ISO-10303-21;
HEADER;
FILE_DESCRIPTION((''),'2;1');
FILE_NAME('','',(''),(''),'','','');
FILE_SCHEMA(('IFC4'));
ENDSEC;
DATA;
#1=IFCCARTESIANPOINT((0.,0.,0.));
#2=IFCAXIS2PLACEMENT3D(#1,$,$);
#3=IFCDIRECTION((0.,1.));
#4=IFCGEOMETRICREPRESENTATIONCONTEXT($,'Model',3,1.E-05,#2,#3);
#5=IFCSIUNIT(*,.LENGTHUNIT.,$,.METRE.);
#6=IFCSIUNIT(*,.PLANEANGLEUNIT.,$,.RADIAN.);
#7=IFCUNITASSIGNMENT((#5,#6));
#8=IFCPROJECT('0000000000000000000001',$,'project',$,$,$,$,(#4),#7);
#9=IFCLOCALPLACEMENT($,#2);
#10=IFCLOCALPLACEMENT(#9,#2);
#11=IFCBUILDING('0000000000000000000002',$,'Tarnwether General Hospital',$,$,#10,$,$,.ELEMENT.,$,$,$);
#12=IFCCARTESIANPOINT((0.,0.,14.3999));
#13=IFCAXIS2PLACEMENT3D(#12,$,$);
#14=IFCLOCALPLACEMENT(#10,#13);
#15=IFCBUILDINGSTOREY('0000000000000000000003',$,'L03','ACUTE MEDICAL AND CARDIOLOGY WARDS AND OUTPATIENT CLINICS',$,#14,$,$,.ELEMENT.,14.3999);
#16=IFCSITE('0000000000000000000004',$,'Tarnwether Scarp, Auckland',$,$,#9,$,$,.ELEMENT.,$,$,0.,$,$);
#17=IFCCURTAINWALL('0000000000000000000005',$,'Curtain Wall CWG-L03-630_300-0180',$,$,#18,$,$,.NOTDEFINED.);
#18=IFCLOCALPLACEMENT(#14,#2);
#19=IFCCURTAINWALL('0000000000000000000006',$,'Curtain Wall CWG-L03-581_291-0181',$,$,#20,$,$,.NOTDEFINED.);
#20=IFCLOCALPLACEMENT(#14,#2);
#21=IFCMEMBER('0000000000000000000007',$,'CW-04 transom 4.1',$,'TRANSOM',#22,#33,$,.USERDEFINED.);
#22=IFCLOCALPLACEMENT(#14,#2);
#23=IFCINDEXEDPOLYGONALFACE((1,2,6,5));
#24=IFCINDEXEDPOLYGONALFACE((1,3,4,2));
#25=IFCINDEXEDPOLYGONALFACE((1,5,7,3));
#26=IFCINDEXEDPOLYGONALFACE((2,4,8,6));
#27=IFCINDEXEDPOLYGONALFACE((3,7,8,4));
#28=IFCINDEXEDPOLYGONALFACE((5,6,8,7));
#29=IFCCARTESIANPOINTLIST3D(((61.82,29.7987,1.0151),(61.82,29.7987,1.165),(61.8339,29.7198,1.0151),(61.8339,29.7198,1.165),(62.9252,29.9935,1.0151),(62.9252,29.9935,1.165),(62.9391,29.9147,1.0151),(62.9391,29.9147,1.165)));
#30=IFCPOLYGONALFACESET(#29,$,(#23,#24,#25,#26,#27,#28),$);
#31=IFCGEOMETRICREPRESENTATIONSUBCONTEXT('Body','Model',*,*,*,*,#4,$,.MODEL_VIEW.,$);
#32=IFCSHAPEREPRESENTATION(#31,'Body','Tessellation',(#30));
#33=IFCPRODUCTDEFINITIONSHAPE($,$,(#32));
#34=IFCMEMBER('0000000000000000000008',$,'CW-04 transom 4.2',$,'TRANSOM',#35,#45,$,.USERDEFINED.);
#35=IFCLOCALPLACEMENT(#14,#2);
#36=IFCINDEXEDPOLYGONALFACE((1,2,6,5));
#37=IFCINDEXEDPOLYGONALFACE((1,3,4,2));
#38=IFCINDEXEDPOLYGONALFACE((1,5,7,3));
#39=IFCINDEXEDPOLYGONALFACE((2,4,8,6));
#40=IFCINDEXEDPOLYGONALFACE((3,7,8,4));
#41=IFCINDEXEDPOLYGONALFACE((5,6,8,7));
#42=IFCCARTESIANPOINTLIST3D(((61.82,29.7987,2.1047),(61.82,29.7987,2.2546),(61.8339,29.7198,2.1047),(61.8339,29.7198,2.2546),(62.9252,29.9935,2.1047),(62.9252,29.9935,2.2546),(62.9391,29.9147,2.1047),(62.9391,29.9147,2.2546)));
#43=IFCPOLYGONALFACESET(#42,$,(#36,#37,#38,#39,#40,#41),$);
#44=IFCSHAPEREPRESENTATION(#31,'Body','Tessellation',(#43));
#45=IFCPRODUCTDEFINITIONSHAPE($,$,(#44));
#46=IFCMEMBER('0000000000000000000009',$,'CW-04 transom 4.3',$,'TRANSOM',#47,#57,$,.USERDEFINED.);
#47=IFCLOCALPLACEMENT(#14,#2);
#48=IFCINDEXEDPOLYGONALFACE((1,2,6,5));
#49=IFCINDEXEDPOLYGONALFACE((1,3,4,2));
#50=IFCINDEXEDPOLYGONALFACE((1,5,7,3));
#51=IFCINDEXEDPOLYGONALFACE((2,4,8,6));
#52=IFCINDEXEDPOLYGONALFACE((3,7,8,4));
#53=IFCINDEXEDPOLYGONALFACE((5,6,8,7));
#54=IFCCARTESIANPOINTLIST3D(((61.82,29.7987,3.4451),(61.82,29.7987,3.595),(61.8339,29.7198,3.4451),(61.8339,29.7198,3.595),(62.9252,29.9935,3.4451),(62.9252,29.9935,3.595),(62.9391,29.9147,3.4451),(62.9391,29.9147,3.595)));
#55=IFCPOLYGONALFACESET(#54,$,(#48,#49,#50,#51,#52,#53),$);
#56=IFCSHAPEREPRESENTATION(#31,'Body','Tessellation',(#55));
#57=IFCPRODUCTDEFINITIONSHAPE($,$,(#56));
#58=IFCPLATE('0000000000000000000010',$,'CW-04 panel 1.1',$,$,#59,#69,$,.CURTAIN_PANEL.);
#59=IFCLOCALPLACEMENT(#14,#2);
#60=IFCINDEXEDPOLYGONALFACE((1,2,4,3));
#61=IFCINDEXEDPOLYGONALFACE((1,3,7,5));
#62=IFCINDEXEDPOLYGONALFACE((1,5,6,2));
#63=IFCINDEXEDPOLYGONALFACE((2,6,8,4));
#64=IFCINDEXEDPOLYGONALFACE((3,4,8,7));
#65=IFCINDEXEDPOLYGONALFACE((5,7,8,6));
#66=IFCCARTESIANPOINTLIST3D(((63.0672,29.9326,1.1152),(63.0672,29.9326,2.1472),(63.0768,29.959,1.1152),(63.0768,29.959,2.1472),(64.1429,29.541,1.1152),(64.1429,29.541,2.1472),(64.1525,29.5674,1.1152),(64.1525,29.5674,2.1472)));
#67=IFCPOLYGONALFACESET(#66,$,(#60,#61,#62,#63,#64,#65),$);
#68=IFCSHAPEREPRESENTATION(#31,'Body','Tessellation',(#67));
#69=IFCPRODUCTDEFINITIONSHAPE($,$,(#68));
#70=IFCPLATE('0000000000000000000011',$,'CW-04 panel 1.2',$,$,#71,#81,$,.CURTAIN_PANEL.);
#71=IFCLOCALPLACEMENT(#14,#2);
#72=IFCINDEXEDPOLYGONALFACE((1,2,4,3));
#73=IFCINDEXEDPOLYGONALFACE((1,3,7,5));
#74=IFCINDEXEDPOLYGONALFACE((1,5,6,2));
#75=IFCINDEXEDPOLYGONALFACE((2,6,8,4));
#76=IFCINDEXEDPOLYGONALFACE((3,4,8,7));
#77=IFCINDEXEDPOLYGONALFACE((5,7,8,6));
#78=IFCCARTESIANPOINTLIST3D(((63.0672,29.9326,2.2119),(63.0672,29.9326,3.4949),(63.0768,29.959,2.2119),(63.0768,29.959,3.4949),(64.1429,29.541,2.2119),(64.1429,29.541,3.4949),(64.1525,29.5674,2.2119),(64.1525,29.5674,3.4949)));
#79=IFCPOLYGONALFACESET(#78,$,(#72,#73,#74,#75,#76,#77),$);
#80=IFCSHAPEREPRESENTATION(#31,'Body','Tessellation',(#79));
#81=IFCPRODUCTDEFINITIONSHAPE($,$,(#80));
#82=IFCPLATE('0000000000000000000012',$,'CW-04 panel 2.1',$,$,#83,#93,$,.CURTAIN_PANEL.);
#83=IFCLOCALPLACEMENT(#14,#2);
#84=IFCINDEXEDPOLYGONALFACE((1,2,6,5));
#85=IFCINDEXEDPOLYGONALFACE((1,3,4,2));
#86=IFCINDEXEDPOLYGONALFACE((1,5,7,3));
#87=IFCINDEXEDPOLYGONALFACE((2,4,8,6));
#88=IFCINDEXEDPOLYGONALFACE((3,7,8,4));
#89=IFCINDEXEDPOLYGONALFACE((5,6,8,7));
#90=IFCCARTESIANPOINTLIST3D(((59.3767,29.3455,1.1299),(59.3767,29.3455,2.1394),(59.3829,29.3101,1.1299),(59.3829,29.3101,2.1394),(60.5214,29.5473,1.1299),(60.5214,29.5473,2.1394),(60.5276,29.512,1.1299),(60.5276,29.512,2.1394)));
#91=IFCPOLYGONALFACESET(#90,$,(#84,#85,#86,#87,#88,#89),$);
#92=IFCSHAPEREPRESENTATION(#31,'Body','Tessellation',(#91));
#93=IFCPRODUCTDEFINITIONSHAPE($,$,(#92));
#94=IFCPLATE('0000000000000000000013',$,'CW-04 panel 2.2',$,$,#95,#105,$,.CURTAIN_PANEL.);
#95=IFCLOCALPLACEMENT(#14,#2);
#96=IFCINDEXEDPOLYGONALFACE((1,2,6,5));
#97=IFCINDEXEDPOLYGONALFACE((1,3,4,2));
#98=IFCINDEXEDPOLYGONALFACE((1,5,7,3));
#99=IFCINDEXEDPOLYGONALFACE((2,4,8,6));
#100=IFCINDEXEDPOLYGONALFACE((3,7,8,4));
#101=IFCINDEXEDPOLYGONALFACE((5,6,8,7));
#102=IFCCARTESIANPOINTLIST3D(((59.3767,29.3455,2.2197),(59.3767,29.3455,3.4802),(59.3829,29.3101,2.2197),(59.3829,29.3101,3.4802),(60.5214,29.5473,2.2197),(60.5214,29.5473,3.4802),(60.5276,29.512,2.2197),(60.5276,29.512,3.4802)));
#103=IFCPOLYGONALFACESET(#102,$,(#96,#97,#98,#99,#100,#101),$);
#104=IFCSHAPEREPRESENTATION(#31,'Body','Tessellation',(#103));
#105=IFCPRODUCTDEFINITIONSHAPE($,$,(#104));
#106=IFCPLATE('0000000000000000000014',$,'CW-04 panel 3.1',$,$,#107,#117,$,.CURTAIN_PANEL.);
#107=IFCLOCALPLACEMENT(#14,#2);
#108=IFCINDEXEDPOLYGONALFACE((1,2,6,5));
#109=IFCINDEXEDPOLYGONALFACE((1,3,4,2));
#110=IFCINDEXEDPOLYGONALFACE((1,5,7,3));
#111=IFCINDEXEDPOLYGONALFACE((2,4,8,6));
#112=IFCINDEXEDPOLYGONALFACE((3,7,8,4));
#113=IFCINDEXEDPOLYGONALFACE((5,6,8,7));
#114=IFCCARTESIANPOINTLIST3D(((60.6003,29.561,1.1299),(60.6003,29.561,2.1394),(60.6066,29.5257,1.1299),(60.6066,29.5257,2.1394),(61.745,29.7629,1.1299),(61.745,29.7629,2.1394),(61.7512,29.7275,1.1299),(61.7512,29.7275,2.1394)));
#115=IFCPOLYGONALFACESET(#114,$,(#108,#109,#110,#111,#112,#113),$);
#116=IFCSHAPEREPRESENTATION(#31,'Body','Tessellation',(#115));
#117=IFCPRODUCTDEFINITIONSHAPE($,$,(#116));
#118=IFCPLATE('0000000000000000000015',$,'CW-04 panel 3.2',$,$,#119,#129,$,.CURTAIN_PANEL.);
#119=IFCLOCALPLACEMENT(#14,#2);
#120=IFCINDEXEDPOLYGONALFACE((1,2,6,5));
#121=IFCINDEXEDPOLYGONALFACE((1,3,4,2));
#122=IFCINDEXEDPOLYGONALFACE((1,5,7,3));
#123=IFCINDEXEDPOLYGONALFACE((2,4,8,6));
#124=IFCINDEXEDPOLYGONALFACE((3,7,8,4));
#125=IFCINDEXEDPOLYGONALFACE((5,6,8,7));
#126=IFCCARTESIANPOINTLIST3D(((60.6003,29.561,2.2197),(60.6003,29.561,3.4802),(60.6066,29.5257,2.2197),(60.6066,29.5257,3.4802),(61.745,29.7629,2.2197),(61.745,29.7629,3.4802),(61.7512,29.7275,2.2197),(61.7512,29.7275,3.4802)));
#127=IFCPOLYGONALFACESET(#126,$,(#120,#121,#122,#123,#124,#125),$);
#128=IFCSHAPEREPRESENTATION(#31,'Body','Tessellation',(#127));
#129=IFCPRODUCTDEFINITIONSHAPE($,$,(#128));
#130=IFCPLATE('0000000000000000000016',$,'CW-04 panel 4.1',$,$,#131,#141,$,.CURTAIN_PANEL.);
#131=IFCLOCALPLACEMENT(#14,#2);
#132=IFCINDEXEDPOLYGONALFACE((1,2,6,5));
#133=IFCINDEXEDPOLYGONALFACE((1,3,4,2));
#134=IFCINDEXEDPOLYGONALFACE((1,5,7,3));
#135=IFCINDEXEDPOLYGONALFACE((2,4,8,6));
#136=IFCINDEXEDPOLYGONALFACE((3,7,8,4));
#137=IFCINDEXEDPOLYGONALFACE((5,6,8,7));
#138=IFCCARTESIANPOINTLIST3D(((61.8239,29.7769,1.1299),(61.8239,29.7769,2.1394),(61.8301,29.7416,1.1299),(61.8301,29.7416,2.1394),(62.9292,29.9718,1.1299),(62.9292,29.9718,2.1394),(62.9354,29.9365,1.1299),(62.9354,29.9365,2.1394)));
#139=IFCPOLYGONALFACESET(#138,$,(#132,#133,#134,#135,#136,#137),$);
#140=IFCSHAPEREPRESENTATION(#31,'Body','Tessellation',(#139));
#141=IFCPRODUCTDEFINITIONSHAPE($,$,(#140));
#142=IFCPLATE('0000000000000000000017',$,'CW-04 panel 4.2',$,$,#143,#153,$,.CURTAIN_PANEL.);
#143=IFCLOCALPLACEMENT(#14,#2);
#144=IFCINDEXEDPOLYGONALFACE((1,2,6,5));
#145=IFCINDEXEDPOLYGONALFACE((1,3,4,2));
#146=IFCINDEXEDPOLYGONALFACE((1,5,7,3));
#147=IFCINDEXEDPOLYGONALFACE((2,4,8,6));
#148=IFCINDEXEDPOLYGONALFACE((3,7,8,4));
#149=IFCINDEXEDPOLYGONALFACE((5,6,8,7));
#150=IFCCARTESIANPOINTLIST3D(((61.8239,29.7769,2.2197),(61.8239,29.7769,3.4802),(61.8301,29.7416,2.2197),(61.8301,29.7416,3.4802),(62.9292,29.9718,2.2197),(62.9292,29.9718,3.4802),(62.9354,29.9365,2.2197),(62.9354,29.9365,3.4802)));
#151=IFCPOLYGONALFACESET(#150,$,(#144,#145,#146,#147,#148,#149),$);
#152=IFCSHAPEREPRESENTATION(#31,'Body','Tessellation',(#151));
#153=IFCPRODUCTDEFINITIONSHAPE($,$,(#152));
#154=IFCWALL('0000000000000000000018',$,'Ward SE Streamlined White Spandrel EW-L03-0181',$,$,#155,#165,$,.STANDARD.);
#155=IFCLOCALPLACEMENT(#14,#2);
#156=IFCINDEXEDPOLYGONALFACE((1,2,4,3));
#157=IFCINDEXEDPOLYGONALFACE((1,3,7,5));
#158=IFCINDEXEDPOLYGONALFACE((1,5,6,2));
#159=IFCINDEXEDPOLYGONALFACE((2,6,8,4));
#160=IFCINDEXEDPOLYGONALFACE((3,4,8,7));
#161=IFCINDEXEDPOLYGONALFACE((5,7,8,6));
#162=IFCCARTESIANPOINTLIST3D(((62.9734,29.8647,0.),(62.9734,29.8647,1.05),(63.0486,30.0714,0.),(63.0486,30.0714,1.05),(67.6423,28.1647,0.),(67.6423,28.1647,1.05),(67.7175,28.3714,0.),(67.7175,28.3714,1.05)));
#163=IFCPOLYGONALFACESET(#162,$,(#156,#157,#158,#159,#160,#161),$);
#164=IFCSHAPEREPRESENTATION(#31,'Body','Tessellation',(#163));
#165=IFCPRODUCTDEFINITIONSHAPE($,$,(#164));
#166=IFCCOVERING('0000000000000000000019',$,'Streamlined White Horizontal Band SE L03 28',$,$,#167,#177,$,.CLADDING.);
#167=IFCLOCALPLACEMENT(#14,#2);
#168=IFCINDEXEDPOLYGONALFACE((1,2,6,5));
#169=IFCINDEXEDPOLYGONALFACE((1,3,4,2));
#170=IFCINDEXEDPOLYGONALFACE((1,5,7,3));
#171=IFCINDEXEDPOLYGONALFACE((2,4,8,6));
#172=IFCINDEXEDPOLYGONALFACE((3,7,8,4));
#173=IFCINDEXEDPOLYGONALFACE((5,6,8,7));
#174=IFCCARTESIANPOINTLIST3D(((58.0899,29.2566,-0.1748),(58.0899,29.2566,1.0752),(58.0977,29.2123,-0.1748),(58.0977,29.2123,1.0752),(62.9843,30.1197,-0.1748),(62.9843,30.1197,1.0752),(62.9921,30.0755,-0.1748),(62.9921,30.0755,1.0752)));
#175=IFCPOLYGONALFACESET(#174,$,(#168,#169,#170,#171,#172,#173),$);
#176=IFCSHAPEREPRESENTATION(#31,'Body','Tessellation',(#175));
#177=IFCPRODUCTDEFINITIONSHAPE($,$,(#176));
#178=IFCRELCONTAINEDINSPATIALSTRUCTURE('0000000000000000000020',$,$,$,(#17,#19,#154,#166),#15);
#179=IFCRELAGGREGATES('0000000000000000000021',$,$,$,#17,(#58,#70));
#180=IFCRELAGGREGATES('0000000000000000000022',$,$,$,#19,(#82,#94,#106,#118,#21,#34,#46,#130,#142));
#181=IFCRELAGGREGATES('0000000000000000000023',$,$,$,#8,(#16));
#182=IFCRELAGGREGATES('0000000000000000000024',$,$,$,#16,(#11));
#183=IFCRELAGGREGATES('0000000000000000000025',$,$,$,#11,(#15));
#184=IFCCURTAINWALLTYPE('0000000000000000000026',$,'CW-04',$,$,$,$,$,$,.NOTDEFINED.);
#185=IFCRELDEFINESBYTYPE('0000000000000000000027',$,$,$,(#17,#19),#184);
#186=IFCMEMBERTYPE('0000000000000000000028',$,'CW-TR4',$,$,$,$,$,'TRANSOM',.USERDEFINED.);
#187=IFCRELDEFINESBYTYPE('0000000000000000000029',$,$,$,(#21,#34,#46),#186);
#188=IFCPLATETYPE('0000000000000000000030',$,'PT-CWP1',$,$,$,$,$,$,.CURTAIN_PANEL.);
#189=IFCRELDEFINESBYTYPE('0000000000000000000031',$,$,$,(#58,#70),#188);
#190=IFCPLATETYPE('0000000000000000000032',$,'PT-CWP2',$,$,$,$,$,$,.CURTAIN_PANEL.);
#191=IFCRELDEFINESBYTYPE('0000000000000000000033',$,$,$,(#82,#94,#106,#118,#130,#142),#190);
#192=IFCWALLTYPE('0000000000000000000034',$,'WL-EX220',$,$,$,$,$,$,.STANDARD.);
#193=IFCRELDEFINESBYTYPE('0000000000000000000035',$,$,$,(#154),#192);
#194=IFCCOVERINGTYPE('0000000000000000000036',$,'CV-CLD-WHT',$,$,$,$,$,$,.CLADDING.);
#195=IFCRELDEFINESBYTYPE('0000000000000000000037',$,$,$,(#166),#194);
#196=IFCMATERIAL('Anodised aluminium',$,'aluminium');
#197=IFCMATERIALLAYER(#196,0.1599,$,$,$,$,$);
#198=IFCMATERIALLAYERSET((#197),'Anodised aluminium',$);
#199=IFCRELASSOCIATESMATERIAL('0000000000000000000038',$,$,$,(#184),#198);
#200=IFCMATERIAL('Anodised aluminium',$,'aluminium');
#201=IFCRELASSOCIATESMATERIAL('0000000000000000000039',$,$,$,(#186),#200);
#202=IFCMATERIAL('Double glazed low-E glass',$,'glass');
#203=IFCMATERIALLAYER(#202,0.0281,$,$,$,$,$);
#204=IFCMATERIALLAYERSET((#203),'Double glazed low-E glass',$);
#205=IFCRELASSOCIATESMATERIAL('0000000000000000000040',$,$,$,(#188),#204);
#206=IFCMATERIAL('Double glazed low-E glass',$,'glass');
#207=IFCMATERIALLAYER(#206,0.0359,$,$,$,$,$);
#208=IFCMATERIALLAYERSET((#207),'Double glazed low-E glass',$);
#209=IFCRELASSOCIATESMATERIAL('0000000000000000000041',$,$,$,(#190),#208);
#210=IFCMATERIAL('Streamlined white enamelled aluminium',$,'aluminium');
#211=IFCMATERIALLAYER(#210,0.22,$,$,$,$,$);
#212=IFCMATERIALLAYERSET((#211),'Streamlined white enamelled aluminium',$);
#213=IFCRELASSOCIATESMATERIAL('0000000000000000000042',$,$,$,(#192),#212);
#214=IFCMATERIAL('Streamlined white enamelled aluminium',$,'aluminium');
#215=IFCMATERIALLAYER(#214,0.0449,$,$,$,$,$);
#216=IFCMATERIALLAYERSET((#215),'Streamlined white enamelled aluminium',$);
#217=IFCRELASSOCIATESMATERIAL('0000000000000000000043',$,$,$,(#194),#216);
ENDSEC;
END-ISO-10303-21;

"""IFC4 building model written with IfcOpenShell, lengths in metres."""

from ifc_helpers import new_model, si_unit, direction, frame, frame_2d, origin, origin_2d, place, context, subcontext, project, spatial, rectangle, extrude, material, layer, layer_set, material_profile, profile_set, type_object, element, aggregate, save


model = new_model("IFC4")

# Units and contexts
model_context = context("Model", 3, precision=1e-05, world=origin(), true_north=direction((0.0, 1.0)))
body_context = subcontext(model_context, "Body", "Model", "MODEL_VIEW")
ifc_project = project(units=[si_unit("LENGTHUNIT", "METRE"), si_unit("PLANEANGLEUNIT", "RADIAN")], contexts=[model_context])

# Site, building, storey
site_placement = place(None, origin())
site = spatial("IfcSite", under=ifc_project, at=site_placement, Name="Tarnwether Scarp, Auckland", CompositionType="ELEMENT", RefElevation=0.0)
building_placement = place(site_placement, origin())
building = spatial("IfcBuilding", under=site, at=building_placement, Name="Tarnwether General Hospital", CompositionType="ELEMENT")
storey_placement = place(building_placement, frame((0.0, 0.0, 14.3999)))
storey = spatial("IfcBuildingStorey", under=building, at=storey_placement, Name="L03", Description="ACUTE MEDICAL AND CARDIOLOGY WARDS AND OUTPATIENT CLINICS", CompositionType="ELEMENT", Elevation=14.3999)

# Curtain walls
ifc_material_1 = material(Name="Anodised aluminium", Category="aluminium")
ifc_layer_1 = layer(ifc_material_1, 0.1599)
ifc_layer_set_1 = layer_set([ifc_layer_1], Name="Anodised aluminium")
curtain_wall_type = type_object("IfcCurtainWallType", Name="CW-04", PredefinedType="NOTDEFINED", material=ifc_layer_set_1)
curtain_wall_1_placement = place(storey_placement, origin())
curtain_wall_1 = element("IfcCurtainWall", 1, at=curtain_wall_1_placement, inside=storey, type_object=curtain_wall_type, Name="Curtain Wall CWG-L03-630_300-0180", PredefinedType="NOTDEFINED")
curtain_wall_2_placement = place(storey_placement, origin())
curtain_wall_2 = element("IfcCurtainWall", 2, at=curtain_wall_2_placement, inside=storey, type_object=curtain_wall_type, Name="Curtain Wall CWG-L03-581_291-0181", PredefinedType="NOTDEFINED")

# Members
ifc_material_2 = material(Name="Anodised aluminium", Category="aluminium")
ifc_material_profile_1 = material_profile(ifc_material_2, rectangle(XDim=0.0801, YDim=0.1499, at=origin_2d()), Name="ALU-TRN-80x150")
ifc_profile_set_1 = profile_set([ifc_material_profile_1], Name="Anodised aluminium")
member_type_1 = type_object("IfcMemberType", Name="CW-TR4", ElementType="TRANSOM", PredefinedType="USERDEFINED", material=ifc_profile_set_1)
member_1_placement = place(storey_placement, frame((61.8269, 29.7593, 1.0901), z_axis=(0.984816, 0.173599, 0.0), x_axis=(-0.173599, 0.984816, 0.0)))
member_1 = element("IfcMember", 3, at=member_1_placement, type_object=member_type_1, Name="CW-04 transom 4.1", ObjectType="TRANSOM", PredefinedType="USERDEFINED", context=body_context, shape_type="SweptSolid", body=[
    extrude(rectangle(XDim=0.0801, YDim=0.1499, at=origin_2d()), origin(), (0.0, 0.0, 1.0), 1.1223),
])
member_2_placement = place(storey_placement, frame((61.8269, 29.7593, 2.1797), z_axis=(0.984816, 0.173599, 0.0), x_axis=(-0.173599, 0.984816, 0.0)))
member_2 = element("IfcMember", 4, at=member_2_placement, type_object=member_type_1, Name="CW-04 transom 4.2", ObjectType="TRANSOM", PredefinedType="USERDEFINED", context=body_context, shape_type="SweptSolid", body=[
    extrude(rectangle(XDim=0.0801, YDim=0.1499, at=origin_2d()), origin(), (0.0, 0.0, 1.0), 1.1223),
])
member_3_placement = place(storey_placement, frame((61.8269, 29.7593, 3.52), z_axis=(0.984816, 0.173599, 0.0), x_axis=(-0.173599, 0.984816, 0.0)))
member_3 = element("IfcMember", 5, at=member_3_placement, type_object=member_type_1, Name="CW-04 transom 4.3", ObjectType="TRANSOM", PredefinedType="USERDEFINED", context=body_context, shape_type="SweptSolid", body=[
    extrude(rectangle(XDim=0.0801, YDim=0.1499, at=origin_2d()), origin(), (0.0, 0.0, 1.0), 1.1223),
])

# Plates
ifc_material_3 = material(Name="Double glazed low-E glass", Category="glass")
ifc_layer_2 = layer(ifc_material_3, 0.0281)
ifc_layer_set_2 = layer_set([ifc_layer_2], Name="Double glazed low-E glass")
plate_type_1 = type_object("IfcPlateType", Name="PT-CWP1", PredefinedType="CURTAIN_PANEL", material=ifc_layer_set_2)
plate_1_placement = place(storey_placement, frame((63.6099, 29.75, 1.1152), z_axis=(0.0, 0.0, 1.0), x_axis=(0.939652, -0.342131, 0.0)))
plate_1 = element("IfcPlate", 6, at=plate_1_placement, type_object=plate_type_1, Name="CW-04 panel 1.1", PredefinedType="CURTAIN_PANEL", context=body_context, shape_type="SweptSolid", body=[
    extrude(rectangle(XDim=1.1448, YDim=0.0281, at=origin_2d()), origin(), (0.0, 0.0, 1.0), 1.032),
])
plate_2_placement = place(storey_placement, frame((63.6099, 29.75, 2.2119), z_axis=(0.0, 0.0, 1.0), x_axis=(0.939652, -0.342131, 0.0)))
plate_2 = element("IfcPlate", 7, at=plate_2_placement, type_object=plate_type_1, Name="CW-04 panel 1.2", PredefinedType="CURTAIN_PANEL", context=body_context, shape_type="SweptSolid", body=[
    extrude(rectangle(XDim=1.1448, YDim=0.0281, at=origin_2d()), origin(), (0.0, 0.0, 1.0), 1.283),
])
aggregate(curtain_wall_1, [plate_1, plate_2])
ifc_material_4 = material(Name="Double glazed low-E glass", Category="glass")
ifc_layer_3 = layer(ifc_material_4, 0.0359)
ifc_layer_set_3 = layer_set([ifc_layer_3], Name="Double glazed low-E glass")
plate_type_2 = type_object("IfcPlateType", Name="PT-CWP2", PredefinedType="CURTAIN_PANEL", material=ifc_layer_set_3)
plate_3_placement = place(storey_placement, frame((59.9521, 29.4287, 1.1299), z_axis=(0.0, 0.0, 1.0), x_axis=(0.984806, 0.173659, 0.0)))
plate_3 = element("IfcPlate", 8, at=plate_3_placement, type_object=plate_type_2, Name="CW-04 panel 2.1", PredefinedType="CURTAIN_PANEL", context=body_context, shape_type="SweptSolid", body=[
    extrude(rectangle(XDim=1.1624, YDim=0.0359, at=origin_2d()), origin(), (0.0, 0.0, 1.0), 1.0095),
])
plate_4_placement = place(storey_placement, frame((59.9521, 29.4287, 2.2197), z_axis=(0.0, 0.0, 1.0), x_axis=(0.984806, 0.173659, 0.0)))
plate_4 = element("IfcPlate", 9, at=plate_4_placement, type_object=plate_type_2, Name="CW-04 panel 2.2", PredefinedType="CURTAIN_PANEL", context=body_context, shape_type="SweptSolid", body=[
    extrude(rectangle(XDim=1.1624, YDim=0.0359, at=origin_2d()), origin(), (0.0, 0.0, 1.0), 1.2605),
])
plate_5_placement = place(storey_placement, frame((61.1758, 29.6443, 1.1299), z_axis=(0.0, 0.0, 1.0), x_axis=(0.984806, 0.173659, 0.0)))
plate_5 = element("IfcPlate", 10, at=plate_5_placement, type_object=plate_type_2, Name="CW-04 panel 3.1", PredefinedType="CURTAIN_PANEL", context=body_context, shape_type="SweptSolid", body=[
    extrude(rectangle(XDim=1.1624, YDim=0.0359, at=origin_2d()), origin(), (0.0, 0.0, 1.0), 1.0095),
])
plate_6_placement = place(storey_placement, frame((61.1758, 29.6443, 2.2197), z_axis=(0.0, 0.0, 1.0), x_axis=(0.984806, 0.173659, 0.0)))
plate_6 = element("IfcPlate", 11, at=plate_6_placement, type_object=plate_type_2, Name="CW-04 panel 3.2", PredefinedType="CURTAIN_PANEL", context=body_context, shape_type="SweptSolid", body=[
    extrude(rectangle(XDim=1.1624, YDim=0.0359, at=origin_2d()), origin(), (0.0, 0.0, 1.0), 1.2605),
])
plate_7_placement = place(storey_placement, frame((62.3796, 29.8567, 1.1299), z_axis=(0.0, 0.0, 1.0), x_axis=(0.984806, 0.173659, 0.0)))
plate_7 = element("IfcPlate", 12, at=plate_7_placement, type_object=plate_type_2, Name="CW-04 panel 4.1", PredefinedType="CURTAIN_PANEL", context=body_context, shape_type="SweptSolid", body=[
    extrude(rectangle(XDim=1.1223, YDim=0.0359, at=origin_2d()), origin(), (0.0, 0.0, 1.0), 1.0095),
])
plate_8_placement = place(storey_placement, frame((62.3796, 29.8567, 2.2197), z_axis=(0.0, 0.0, 1.0), x_axis=(0.984806, 0.173659, 0.0)))
plate_8 = element("IfcPlate", 13, at=plate_8_placement, type_object=plate_type_2, Name="CW-04 panel 4.2", PredefinedType="CURTAIN_PANEL", context=body_context, shape_type="SweptSolid", body=[
    extrude(rectangle(XDim=1.1223, YDim=0.0359, at=origin_2d()), origin(), (0.0, 0.0, 1.0), 1.2605),
])
aggregate(curtain_wall_2, [plate_3, plate_4, plate_5, plate_6, member_1, member_2, member_3, plate_7, plate_8])

# Wall
ifc_material_5 = material(Name="Streamlined white enamelled aluminium", Category="aluminium")
ifc_layer_4 = layer(ifc_material_5, 0.22)
ifc_layer_set_4 = layer_set([ifc_layer_4], Name="Streamlined white enamelled aluminium")
wall_type = type_object("IfcWallType", Name="WL-EX220", PredefinedType="STANDARD", material=ifc_layer_set_4)
wall_placement = place(storey_placement, frame((63.011, 29.968, 0.0), z_axis=(0.0, 0.0, 1.0), x_axis=(0.939654, -0.342126, 0.0)))
element("IfcWall", 14, at=wall_placement, inside=storey, type_object=wall_type, Name="Ward SE Streamlined White Spandrel EW-L03-0181", PredefinedType="STANDARD", context=body_context, shape_type="SweptSolid", body=[
    extrude(rectangle(XDim=4.9688, YDim=0.22, at=frame_2d((2.4844, 0.0))), origin(), (0.0, 0.0, 1.0), 1.05),
])

# Covering
ifc_material_6 = material(Name="Streamlined white enamelled aluminium", Category="aluminium")
ifc_layer_5 = layer(ifc_material_6, 0.0449)
ifc_layer_set_5 = layer_set([ifc_layer_5], Name="Streamlined white enamelled aluminium")
covering_type = type_object("IfcCoveringType", Name="CV-CLD-WHT", PredefinedType="CLADDING", material=ifc_layer_set_5)
covering_placement = place(storey_placement, frame((60.541, 29.666, -0.1748), z_axis=(0.0, 0.0, 1.0), x_axis=(0.984805, 0.173665, 0.0)))
element("IfcCovering", 15, at=covering_placement, inside=storey, type_object=covering_type, Name="Streamlined White Horizontal Band SE L03 28", PredefinedType="CLADDING", context=body_context, shape_type="SweptSolid", body=[
    extrude(rectangle(XDim=4.97, YDim=0.0449, at=origin_2d()), origin(), (0.0, 0.0, 1.0), 1.25),
])

save(model, "model.ifc")
